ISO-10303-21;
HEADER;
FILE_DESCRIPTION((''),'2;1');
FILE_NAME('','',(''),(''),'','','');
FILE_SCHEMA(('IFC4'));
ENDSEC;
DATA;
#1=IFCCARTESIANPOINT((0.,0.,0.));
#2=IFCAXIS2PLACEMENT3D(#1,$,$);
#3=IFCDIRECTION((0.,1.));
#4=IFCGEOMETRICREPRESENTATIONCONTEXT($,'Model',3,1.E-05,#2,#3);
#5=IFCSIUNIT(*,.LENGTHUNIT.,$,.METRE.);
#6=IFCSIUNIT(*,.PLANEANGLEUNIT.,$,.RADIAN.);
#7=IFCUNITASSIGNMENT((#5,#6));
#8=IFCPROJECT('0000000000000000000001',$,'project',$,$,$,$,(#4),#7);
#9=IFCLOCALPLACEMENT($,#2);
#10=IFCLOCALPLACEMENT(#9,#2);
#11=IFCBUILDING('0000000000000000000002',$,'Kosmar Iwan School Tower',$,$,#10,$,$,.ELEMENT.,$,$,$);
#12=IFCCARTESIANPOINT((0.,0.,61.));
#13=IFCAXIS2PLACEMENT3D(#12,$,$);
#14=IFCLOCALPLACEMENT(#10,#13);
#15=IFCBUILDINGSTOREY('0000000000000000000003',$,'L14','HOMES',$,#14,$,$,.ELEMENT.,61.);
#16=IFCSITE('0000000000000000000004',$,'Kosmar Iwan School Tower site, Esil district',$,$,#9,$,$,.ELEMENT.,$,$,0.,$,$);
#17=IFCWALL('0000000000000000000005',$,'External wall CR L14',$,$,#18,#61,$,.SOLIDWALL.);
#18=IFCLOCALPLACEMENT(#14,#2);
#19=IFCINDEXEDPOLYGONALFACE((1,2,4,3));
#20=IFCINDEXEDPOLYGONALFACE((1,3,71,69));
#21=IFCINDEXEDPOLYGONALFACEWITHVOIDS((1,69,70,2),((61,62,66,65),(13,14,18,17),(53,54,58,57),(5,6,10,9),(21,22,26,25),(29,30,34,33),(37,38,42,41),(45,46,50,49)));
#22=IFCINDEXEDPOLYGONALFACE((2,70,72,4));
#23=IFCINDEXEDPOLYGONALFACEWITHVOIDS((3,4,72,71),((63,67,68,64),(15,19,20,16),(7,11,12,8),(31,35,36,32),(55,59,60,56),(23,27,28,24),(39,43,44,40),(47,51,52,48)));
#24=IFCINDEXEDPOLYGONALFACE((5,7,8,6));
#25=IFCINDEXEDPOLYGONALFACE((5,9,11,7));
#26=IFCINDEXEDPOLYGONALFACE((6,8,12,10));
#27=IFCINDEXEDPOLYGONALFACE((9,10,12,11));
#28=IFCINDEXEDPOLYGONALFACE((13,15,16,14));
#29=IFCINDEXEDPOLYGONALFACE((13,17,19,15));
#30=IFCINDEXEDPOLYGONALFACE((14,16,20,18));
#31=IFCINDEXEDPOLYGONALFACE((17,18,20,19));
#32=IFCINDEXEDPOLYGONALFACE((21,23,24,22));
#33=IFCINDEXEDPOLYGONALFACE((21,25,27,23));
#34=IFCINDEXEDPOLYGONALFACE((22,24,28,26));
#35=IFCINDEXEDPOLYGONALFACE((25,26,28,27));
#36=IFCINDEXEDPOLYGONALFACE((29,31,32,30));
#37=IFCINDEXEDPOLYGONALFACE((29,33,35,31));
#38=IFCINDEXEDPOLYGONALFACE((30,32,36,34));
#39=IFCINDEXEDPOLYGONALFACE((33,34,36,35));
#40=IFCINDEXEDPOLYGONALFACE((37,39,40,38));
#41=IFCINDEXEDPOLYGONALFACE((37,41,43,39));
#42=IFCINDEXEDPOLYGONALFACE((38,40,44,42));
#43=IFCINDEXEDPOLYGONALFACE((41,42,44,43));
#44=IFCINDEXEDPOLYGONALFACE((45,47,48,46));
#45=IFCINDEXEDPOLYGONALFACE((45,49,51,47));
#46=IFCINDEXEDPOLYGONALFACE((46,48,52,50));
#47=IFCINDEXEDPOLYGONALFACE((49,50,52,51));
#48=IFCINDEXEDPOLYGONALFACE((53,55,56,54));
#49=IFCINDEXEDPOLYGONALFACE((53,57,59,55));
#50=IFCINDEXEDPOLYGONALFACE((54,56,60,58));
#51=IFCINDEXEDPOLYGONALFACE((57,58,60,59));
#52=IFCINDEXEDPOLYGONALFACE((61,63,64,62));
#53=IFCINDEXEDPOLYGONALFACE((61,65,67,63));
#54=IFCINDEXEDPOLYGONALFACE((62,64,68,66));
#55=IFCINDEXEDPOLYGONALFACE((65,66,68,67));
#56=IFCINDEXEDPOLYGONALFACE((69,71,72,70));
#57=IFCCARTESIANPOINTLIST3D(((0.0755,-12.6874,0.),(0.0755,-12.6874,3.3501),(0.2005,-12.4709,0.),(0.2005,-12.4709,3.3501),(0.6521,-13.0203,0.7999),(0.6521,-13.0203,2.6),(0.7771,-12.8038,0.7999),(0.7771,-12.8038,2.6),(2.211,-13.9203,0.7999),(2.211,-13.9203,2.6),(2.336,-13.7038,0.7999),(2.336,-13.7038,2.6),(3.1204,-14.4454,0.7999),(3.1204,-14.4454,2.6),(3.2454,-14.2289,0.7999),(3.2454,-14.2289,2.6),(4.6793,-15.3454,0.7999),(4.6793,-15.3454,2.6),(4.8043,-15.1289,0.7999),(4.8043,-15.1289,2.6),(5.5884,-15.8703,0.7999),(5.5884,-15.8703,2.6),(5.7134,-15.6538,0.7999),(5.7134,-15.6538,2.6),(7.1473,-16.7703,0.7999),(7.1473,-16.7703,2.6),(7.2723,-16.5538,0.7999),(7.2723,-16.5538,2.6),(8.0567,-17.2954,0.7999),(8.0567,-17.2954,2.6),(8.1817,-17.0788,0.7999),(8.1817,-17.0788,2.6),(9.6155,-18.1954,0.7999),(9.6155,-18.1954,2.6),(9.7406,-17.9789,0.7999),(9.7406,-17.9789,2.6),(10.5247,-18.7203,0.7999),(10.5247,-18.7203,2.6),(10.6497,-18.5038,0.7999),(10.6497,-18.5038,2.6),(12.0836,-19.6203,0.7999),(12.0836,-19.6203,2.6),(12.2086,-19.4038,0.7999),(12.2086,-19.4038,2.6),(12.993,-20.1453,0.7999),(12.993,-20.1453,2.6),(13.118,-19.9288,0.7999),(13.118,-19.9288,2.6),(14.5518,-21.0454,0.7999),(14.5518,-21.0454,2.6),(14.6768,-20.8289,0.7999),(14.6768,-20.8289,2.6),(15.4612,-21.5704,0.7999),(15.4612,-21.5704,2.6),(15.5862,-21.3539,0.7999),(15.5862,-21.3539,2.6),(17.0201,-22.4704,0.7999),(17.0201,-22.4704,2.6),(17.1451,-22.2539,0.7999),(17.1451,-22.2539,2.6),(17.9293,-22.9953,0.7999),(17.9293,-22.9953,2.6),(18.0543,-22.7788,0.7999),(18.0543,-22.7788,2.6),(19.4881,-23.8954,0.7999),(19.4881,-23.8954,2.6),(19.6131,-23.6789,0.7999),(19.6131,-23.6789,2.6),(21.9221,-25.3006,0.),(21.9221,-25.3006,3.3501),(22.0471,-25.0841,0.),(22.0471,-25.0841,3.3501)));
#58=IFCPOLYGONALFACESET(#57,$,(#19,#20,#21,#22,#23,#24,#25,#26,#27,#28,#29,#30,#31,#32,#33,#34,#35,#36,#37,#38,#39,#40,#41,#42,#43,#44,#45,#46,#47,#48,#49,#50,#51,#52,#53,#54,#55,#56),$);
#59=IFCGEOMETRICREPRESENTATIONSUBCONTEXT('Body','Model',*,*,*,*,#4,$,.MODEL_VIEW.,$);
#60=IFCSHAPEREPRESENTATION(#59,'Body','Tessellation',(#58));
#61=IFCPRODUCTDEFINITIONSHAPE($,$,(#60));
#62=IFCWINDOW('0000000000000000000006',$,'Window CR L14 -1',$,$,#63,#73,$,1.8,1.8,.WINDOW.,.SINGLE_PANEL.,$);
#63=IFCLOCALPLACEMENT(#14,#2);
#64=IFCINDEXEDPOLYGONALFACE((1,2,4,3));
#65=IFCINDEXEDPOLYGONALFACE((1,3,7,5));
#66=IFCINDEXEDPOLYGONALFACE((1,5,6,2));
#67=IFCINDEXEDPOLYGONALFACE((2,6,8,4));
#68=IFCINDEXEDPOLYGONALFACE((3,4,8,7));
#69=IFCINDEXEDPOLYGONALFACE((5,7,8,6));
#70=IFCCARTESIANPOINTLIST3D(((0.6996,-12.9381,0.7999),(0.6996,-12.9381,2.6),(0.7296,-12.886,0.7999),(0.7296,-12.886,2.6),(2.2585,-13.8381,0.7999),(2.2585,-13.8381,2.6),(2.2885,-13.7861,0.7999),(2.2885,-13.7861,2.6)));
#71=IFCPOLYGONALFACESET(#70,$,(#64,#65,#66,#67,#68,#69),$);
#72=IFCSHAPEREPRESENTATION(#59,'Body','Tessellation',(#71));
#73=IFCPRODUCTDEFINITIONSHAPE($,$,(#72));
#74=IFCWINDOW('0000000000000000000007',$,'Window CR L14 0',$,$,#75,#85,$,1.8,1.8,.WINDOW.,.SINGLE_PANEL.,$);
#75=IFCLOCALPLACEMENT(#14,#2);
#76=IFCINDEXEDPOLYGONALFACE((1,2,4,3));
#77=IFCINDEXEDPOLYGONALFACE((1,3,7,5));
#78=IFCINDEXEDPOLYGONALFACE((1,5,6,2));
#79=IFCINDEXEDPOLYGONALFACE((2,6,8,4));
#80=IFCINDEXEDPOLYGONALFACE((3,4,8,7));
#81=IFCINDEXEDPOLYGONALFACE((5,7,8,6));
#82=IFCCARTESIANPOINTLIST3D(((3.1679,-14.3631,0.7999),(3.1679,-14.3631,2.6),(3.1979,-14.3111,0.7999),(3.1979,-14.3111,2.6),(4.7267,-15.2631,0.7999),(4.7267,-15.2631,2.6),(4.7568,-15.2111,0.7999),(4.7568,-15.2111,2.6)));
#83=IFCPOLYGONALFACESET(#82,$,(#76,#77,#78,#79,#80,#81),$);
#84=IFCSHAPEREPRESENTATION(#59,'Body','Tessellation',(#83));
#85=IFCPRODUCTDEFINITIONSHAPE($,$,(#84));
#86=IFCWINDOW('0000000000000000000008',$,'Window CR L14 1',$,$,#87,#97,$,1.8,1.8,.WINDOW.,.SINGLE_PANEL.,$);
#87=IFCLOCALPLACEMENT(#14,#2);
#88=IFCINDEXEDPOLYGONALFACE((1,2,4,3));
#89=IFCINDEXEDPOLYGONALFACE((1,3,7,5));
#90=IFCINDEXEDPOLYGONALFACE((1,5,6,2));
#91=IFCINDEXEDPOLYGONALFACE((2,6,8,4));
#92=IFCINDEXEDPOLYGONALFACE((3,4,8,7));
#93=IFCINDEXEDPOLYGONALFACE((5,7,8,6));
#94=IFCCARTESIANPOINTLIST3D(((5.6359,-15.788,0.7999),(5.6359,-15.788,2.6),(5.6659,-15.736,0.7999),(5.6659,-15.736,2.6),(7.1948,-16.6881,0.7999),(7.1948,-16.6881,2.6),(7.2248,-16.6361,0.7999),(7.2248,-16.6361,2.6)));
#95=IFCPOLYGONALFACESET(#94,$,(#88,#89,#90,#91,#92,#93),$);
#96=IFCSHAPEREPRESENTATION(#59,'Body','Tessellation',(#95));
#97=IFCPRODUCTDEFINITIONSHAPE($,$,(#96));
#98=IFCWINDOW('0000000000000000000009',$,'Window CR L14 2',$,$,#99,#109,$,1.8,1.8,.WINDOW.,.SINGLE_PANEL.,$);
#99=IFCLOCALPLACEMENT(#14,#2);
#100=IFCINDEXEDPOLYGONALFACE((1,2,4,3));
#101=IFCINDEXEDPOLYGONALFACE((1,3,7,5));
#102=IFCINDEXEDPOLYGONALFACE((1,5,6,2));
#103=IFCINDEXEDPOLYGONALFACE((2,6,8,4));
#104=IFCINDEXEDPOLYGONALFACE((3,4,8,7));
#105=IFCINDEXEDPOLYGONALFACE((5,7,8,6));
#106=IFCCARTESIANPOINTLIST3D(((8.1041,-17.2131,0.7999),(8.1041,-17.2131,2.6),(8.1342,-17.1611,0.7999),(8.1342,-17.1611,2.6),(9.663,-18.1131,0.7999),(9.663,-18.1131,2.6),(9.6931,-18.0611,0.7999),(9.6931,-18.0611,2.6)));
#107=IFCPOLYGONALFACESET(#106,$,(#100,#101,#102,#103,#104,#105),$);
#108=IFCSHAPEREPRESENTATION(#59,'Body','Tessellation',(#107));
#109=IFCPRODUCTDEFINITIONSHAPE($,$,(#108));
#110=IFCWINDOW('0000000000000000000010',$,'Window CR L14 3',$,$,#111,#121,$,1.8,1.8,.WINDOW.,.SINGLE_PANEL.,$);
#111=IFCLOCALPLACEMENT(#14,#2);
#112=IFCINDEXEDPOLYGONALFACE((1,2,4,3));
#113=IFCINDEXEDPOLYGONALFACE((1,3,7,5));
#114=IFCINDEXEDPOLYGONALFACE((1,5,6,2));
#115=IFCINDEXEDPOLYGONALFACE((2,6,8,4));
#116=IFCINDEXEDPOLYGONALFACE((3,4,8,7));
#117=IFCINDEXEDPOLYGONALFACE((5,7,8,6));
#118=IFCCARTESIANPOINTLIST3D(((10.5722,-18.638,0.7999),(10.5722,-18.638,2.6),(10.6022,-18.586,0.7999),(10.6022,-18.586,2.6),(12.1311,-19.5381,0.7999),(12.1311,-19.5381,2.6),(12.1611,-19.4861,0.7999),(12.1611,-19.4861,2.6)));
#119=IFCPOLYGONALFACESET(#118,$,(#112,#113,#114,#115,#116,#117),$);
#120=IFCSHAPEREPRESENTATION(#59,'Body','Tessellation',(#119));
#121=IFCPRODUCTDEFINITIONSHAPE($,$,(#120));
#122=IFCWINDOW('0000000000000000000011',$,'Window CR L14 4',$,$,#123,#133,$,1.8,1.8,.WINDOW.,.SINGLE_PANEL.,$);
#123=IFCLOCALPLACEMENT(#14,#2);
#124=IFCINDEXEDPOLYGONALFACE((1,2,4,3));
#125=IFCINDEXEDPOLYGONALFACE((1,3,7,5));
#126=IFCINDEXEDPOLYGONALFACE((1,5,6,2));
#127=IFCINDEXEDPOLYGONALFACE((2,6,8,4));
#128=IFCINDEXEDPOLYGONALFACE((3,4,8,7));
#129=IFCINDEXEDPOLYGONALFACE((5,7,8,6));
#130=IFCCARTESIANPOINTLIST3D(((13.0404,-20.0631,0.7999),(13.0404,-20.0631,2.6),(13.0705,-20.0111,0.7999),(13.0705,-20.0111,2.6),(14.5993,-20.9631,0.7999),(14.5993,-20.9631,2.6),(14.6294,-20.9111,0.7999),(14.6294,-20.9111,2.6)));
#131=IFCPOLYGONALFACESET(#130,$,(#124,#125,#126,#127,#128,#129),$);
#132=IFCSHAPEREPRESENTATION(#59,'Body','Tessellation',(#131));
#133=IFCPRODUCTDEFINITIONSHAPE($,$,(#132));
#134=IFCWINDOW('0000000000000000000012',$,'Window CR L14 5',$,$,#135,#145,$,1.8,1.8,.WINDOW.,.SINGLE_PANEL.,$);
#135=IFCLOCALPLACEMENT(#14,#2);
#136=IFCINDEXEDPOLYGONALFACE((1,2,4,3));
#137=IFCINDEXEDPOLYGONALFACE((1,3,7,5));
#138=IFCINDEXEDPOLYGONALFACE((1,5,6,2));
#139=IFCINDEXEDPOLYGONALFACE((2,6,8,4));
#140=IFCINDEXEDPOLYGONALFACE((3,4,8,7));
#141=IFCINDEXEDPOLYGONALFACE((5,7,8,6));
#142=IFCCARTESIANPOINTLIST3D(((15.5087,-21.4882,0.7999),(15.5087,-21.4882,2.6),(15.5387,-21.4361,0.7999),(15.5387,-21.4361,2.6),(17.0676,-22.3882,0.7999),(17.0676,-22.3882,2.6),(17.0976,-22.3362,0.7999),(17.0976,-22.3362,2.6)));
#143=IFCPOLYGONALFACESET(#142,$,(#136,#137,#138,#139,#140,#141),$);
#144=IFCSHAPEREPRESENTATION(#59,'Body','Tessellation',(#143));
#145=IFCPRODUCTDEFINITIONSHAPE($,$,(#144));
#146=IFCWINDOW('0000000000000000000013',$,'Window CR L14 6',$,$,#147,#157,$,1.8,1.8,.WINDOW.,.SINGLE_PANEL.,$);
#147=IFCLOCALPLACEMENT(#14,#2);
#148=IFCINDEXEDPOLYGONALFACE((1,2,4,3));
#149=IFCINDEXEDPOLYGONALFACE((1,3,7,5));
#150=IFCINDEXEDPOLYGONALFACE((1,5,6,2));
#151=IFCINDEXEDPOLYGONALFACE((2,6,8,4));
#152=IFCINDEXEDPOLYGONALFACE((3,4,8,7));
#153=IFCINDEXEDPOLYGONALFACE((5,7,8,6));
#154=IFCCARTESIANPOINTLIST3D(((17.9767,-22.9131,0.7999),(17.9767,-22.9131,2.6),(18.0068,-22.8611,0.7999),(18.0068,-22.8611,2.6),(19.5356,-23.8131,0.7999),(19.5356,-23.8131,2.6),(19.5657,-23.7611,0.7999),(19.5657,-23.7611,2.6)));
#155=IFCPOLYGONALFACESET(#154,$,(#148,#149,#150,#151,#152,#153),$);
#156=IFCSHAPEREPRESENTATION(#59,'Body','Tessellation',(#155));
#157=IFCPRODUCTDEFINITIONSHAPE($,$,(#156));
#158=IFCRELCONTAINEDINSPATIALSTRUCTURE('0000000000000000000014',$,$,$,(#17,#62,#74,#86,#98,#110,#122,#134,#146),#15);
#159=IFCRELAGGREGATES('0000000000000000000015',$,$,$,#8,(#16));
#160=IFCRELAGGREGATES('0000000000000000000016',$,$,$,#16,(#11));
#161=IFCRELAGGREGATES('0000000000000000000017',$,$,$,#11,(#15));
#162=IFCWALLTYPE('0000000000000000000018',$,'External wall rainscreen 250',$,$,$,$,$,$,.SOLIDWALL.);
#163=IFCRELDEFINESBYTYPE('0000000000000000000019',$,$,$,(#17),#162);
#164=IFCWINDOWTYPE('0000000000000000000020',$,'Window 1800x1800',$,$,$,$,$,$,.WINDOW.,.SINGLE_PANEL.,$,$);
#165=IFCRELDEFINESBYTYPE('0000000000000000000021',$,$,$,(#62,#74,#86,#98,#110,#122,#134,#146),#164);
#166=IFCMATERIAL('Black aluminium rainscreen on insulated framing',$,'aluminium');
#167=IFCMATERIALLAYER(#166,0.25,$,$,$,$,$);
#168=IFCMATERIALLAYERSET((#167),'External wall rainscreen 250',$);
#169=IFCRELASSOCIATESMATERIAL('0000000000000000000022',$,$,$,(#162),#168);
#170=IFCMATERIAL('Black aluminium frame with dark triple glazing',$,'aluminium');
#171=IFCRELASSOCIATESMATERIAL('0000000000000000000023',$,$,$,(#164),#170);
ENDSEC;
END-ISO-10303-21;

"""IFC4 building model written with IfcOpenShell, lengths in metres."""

from ifc_helpers import new_model, si_unit, direction, frame, frame_2d, origin, place, context, subcontext, project, spatial, rectangle, extrude, material, layer, layer_set, type_object, element, fill, save


model = new_model("IFC4")

# Units and contexts
model_context = context("Model", 3, precision=1e-05, world=origin(), true_north=direction((0.0, 1.0)))
body_context = subcontext(model_context, "Body", "Model", "MODEL_VIEW")
ifc_project = project(units=[si_unit("LENGTHUNIT", "METRE"), si_unit("PLANEANGLEUNIT", "RADIAN")], contexts=[model_context])

# Site, building, storey
site_placement = place(None, origin())
site = spatial("IfcSite", under=ifc_project, at=site_placement, Name="Kosmar Iwan School Tower site, Esil district", CompositionType="ELEMENT", RefElevation=0.0)
building_placement = place(site_placement, origin())
building = spatial("IfcBuilding", under=site, at=building_placement, Name="Kosmar Iwan School Tower", CompositionType="ELEMENT")
storey_placement = place(building_placement, frame((0.0, 0.0, 61.0)))
storey = spatial("IfcBuildingStorey", under=building, at=storey_placement, Name="L14", Description="HOMES", CompositionType="ELEMENT", Elevation=61.0)

# Wall, openings, windows
ifc_material_1 = material(Name="Black aluminium rainscreen on insulated framing", Category="aluminium")
ifc_layer = layer(ifc_material_1, 0.25)
ifc_layer_set = layer_set([ifc_layer], Name="External wall rainscreen 250")
wall_type = type_object("IfcWallType", Name="External wall rainscreen 250", PredefinedType="SOLIDWALL", material=ifc_layer_set)
ifc_material_2 = material(Name="Black aluminium frame with dark triple glazing", Category="aluminium")
window_type = type_object("IfcWindowType", Name="Window 1800x1800", PartitioningType="SINGLE_PANEL", PredefinedType="WINDOW", material=ifc_material_2)
wall_1_placement = place(storey_placement, frame((0.1379, -12.5791, 0.0), z_axis=(0.0, 0.0, 1.0), x_axis=(0.866024, -0.500003, 0.0)))
wall_1 = element("IfcWall", 1, at=wall_1_placement, inside=storey, type_object=wall_type, Name="External wall CR L14", PredefinedType="SOLIDWALL", context=body_context, shape_type="SweptSolid", body=[
    extrude(rectangle(XDim=25.2263, YDim=0.25, at=frame_2d((12.6133, 0.0))), origin(), (0.0, 0.0, 1.0), 3.3501),
])
opening_1_placement = place(wall_1_placement, frame((0.666, 0.0, 0.8)))
opening_1 = element("IfcOpeningElement", 2, at=opening_1_placement, cuts=wall_1, PredefinedType="OPENING", context=body_context, shape_type="SweptSolid", body=[
    extrude(rectangle(XDim=1.8, YDim=1.8, at=frame_2d((0.8999, 0.8999))), frame((0.0, 0.137, 0.0), z_axis=(0.0, -1.0, 0.0), x_axis=(1.0, 0.0, 0.0)), (0.0, 0.0, 1.0), 0.2739),
])
opening_2_placement = place(wall_1_placement, frame((3.5161, 0.0, 0.8)))
opening_2 = element("IfcOpeningElement", 3, at=opening_2_placement, cuts=wall_1, PredefinedType="OPENING", context=body_context, shape_type="SweptSolid", body=[
    extrude(rectangle(XDim=1.8, YDim=1.8, at=frame_2d((0.8999, 0.8999))), frame((0.0, 0.137, 0.0), z_axis=(0.0, -1.0, 0.0), x_axis=(1.0, 0.0, 0.0)), (0.0, 0.0, 1.0), 0.2739),
])
opening_3_placement = place(wall_1_placement, frame((6.366, 0.0, 0.8)))
opening_3 = element("IfcOpeningElement", 4, at=opening_3_placement, cuts=wall_1, PredefinedType="OPENING", context=body_context, shape_type="SweptSolid", body=[
    extrude(rectangle(XDim=1.8, YDim=1.8, at=frame_2d((0.8999, 0.8999))), frame((0.0, 0.137, 0.0), z_axis=(0.0, -1.0, 0.0), x_axis=(1.0, 0.0, 0.0)), (0.0, 0.0, 1.0), 0.2739),
])
opening_4_placement = place(wall_1_placement, frame((9.2161, 0.0, 0.8)))
opening_4 = element("IfcOpeningElement", 5, at=opening_4_placement, cuts=wall_1, PredefinedType="OPENING", context=body_context, shape_type="SweptSolid", body=[
    extrude(rectangle(XDim=1.8, YDim=1.8, at=frame_2d((0.8999, 0.8999))), frame((0.0, 0.137, 0.0), z_axis=(0.0, -1.0, 0.0), x_axis=(1.0, 0.0, 0.0)), (0.0, 0.0, 1.0), 0.2739),
])
opening_5_placement = place(wall_1_placement, frame((12.0659, 0.0, 0.8)))
opening_5 = element("IfcOpeningElement", 6, at=opening_5_placement, cuts=wall_1, PredefinedType="OPENING", context=body_context, shape_type="SweptSolid", body=[
    extrude(rectangle(XDim=1.8, YDim=1.8, at=frame_2d((0.8999, 0.8999))), frame((0.0, 0.137, 0.0), z_axis=(0.0, -1.0, 0.0), x_axis=(1.0, 0.0, 0.0)), (0.0, 0.0, 1.0), 0.2739),
])
opening_6_placement = place(wall_1_placement, frame((14.916, 0.0, 0.8)))
opening_6 = element("IfcOpeningElement", 7, at=opening_6_placement, cuts=wall_1, PredefinedType="OPENING", context=body_context, shape_type="SweptSolid", body=[
    extrude(rectangle(XDim=1.8, YDim=1.8, at=frame_2d((0.8999, 0.8999))), frame((0.0, 0.137, 0.0), z_axis=(0.0, -1.0, 0.0), x_axis=(1.0, 0.0, 0.0)), (0.0, 0.0, 1.0), 0.2739),
])
opening_7_placement = place(wall_1_placement, frame((17.7661, 0.0, 0.8)))
opening_7 = element("IfcOpeningElement", 8, at=opening_7_placement, cuts=wall_1, PredefinedType="OPENING", context=body_context, shape_type="SweptSolid", body=[
    extrude(rectangle(XDim=1.8, YDim=1.8, at=frame_2d((0.8999, 0.8999))), frame((0.0, 0.137, 0.0), z_axis=(0.0, -1.0, 0.0), x_axis=(1.0, 0.0, 0.0)), (0.0, 0.0, 1.0), 0.2739),
])
opening_8_placement = place(wall_1_placement, frame((20.616, 0.0, 0.8)))
opening_8 = element("IfcOpeningElement", 9, at=opening_8_placement, cuts=wall_1, PredefinedType="OPENING", context=body_context, shape_type="SweptSolid", body=[
    extrude(rectangle(XDim=1.8, YDim=1.8, at=frame_2d((0.8999, 0.8999))), frame((0.0, 0.137, 0.0), z_axis=(0.0, -1.0, 0.0), x_axis=(1.0, 0.0, 0.0)), (0.0, 0.0, 1.0), 0.2739),
])
window_1_placement = place(opening_1_placement, origin())
window_1 = element("IfcWindow", 10, at=window_1_placement, inside=storey, type_object=window_type, Name="Window CR L14 -1", OverallHeight=1.8, OverallWidth=1.8, PartitioningType="SINGLE_PANEL", PredefinedType="WINDOW", context=body_context, shape_type="SweptSolid", body=[
    extrude(rectangle(XDim=1.8, YDim=1.8, at=frame_2d((0.8999, 0.8999))), frame((0.0, 0.03, 0.0), z_axis=(0.0, -1.0, 0.0), x_axis=(1.0, 0.0, 0.0)), (0.0, 0.0, 1.0), 0.0601),
])
fill(opening_1, window_1)
window_2_placement = place(opening_2_placement, origin())
window_2 = element("IfcWindow", 11, at=window_2_placement, inside=storey, type_object=window_type, Name="Window CR L14 0", OverallHeight=1.8, OverallWidth=1.8, PartitioningType="SINGLE_PANEL", PredefinedType="WINDOW", context=body_context, shape_type="SweptSolid", body=[
    extrude(rectangle(XDim=1.8, YDim=1.8, at=frame_2d((0.8999, 0.8999))), frame((0.0, 0.03, 0.0), z_axis=(0.0, -1.0, 0.0), x_axis=(1.0, 0.0, 0.0)), (0.0, 0.0, 1.0), 0.0601),
])
fill(opening_2, window_2)
window_3_placement = place(opening_3_placement, origin())
window_3 = element("IfcWindow", 12, at=window_3_placement, inside=storey, type_object=window_type, Name="Window CR L14 1", OverallHeight=1.8, OverallWidth=1.8, PartitioningType="SINGLE_PANEL", PredefinedType="WINDOW", context=body_context, shape_type="SweptSolid", body=[
    extrude(rectangle(XDim=1.8, YDim=1.8, at=frame_2d((0.8999, 0.8999))), frame((0.0, 0.03, 0.0), z_axis=(0.0, -1.0, 0.0), x_axis=(1.0, 0.0, 0.0)), (0.0, 0.0, 1.0), 0.0601),
])
fill(opening_3, window_3)
window_4_placement = place(opening_4_placement, origin())
window_4 = element("IfcWindow", 13, at=window_4_placement, inside=storey, type_object=window_type, Name="Window CR L14 2", OverallHeight=1.8, OverallWidth=1.8, PartitioningType="SINGLE_PANEL", PredefinedType="WINDOW", context=body_context, shape_type="SweptSolid", body=[
    extrude(rectangle(XDim=1.8, YDim=1.8, at=frame_2d((0.8999, 0.8999))), frame((0.0, 0.03, 0.0), z_axis=(0.0, -1.0, 0.0), x_axis=(1.0, 0.0, 0.0)), (0.0, 0.0, 1.0), 0.0601),
])
fill(opening_4, window_4)
window_5_placement = place(opening_5_placement, origin())
window_5 = element("IfcWindow", 14, at=window_5_placement, inside=storey, type_object=window_type, Name="Window CR L14 3", OverallHeight=1.8, OverallWidth=1.8, PartitioningType="SINGLE_PANEL", PredefinedType="WINDOW", context=body_context, shape_type="SweptSolid", body=[
    extrude(rectangle(XDim=1.8, YDim=1.8, at=frame_2d((0.8999, 0.8999))), frame((0.0, 0.03, 0.0), z_axis=(0.0, -1.0, 0.0), x_axis=(1.0, 0.0, 0.0)), (0.0, 0.0, 1.0), 0.0601),
])
fill(opening_5, window_5)
window_6_placement = place(opening_6_placement, origin())
window_6 = element("IfcWindow", 15, at=window_6_placement, inside=storey, type_object=window_type, Name="Window CR L14 4", OverallHeight=1.8, OverallWidth=1.8, PartitioningType="SINGLE_PANEL", PredefinedType="WINDOW", context=body_context, shape_type="SweptSolid", body=[
    extrude(rectangle(XDim=1.8, YDim=1.8, at=frame_2d((0.8999, 0.8999))), frame((0.0, 0.03, 0.0), z_axis=(0.0, -1.0, 0.0), x_axis=(1.0, 0.0, 0.0)), (0.0, 0.0, 1.0), 0.0601),
])
fill(opening_6, window_6)
window_7_placement = place(opening_7_placement, origin())
window_7 = element("IfcWindow", 16, at=window_7_placement, inside=storey, type_object=window_type, Name="Window CR L14 5", OverallHeight=1.8, OverallWidth=1.8, PartitioningType="SINGLE_PANEL", PredefinedType="WINDOW", context=body_context, shape_type="SweptSolid", body=[
    extrude(rectangle(XDim=1.8, YDim=1.8, at=frame_2d((0.8999, 0.8999))), frame((0.0, 0.03, 0.0), z_axis=(0.0, -1.0, 0.0), x_axis=(1.0, 0.0, 0.0)), (0.0, 0.0, 1.0), 0.0601),
])
fill(opening_7, window_7)
window_8_placement = place(opening_8_placement, origin())
window_8 = element("IfcWindow", 17, at=window_8_placement, inside=storey, type_object=window_type, Name="Window CR L14 6", OverallHeight=1.8, OverallWidth=1.8, PartitioningType="SINGLE_PANEL", PredefinedType="WINDOW", context=body_context, shape_type="SweptSolid", body=[
    extrude(rectangle(XDim=1.8, YDim=1.8, at=frame_2d((0.8999, 0.8999))), frame((0.0, 0.03, 0.0), z_axis=(0.0, -1.0, 0.0), x_axis=(1.0, 0.0, 0.0)), (0.0, 0.0, 1.0), 0.0601),
])
fill(opening_8, window_8)

save(model, "model.ifc")
